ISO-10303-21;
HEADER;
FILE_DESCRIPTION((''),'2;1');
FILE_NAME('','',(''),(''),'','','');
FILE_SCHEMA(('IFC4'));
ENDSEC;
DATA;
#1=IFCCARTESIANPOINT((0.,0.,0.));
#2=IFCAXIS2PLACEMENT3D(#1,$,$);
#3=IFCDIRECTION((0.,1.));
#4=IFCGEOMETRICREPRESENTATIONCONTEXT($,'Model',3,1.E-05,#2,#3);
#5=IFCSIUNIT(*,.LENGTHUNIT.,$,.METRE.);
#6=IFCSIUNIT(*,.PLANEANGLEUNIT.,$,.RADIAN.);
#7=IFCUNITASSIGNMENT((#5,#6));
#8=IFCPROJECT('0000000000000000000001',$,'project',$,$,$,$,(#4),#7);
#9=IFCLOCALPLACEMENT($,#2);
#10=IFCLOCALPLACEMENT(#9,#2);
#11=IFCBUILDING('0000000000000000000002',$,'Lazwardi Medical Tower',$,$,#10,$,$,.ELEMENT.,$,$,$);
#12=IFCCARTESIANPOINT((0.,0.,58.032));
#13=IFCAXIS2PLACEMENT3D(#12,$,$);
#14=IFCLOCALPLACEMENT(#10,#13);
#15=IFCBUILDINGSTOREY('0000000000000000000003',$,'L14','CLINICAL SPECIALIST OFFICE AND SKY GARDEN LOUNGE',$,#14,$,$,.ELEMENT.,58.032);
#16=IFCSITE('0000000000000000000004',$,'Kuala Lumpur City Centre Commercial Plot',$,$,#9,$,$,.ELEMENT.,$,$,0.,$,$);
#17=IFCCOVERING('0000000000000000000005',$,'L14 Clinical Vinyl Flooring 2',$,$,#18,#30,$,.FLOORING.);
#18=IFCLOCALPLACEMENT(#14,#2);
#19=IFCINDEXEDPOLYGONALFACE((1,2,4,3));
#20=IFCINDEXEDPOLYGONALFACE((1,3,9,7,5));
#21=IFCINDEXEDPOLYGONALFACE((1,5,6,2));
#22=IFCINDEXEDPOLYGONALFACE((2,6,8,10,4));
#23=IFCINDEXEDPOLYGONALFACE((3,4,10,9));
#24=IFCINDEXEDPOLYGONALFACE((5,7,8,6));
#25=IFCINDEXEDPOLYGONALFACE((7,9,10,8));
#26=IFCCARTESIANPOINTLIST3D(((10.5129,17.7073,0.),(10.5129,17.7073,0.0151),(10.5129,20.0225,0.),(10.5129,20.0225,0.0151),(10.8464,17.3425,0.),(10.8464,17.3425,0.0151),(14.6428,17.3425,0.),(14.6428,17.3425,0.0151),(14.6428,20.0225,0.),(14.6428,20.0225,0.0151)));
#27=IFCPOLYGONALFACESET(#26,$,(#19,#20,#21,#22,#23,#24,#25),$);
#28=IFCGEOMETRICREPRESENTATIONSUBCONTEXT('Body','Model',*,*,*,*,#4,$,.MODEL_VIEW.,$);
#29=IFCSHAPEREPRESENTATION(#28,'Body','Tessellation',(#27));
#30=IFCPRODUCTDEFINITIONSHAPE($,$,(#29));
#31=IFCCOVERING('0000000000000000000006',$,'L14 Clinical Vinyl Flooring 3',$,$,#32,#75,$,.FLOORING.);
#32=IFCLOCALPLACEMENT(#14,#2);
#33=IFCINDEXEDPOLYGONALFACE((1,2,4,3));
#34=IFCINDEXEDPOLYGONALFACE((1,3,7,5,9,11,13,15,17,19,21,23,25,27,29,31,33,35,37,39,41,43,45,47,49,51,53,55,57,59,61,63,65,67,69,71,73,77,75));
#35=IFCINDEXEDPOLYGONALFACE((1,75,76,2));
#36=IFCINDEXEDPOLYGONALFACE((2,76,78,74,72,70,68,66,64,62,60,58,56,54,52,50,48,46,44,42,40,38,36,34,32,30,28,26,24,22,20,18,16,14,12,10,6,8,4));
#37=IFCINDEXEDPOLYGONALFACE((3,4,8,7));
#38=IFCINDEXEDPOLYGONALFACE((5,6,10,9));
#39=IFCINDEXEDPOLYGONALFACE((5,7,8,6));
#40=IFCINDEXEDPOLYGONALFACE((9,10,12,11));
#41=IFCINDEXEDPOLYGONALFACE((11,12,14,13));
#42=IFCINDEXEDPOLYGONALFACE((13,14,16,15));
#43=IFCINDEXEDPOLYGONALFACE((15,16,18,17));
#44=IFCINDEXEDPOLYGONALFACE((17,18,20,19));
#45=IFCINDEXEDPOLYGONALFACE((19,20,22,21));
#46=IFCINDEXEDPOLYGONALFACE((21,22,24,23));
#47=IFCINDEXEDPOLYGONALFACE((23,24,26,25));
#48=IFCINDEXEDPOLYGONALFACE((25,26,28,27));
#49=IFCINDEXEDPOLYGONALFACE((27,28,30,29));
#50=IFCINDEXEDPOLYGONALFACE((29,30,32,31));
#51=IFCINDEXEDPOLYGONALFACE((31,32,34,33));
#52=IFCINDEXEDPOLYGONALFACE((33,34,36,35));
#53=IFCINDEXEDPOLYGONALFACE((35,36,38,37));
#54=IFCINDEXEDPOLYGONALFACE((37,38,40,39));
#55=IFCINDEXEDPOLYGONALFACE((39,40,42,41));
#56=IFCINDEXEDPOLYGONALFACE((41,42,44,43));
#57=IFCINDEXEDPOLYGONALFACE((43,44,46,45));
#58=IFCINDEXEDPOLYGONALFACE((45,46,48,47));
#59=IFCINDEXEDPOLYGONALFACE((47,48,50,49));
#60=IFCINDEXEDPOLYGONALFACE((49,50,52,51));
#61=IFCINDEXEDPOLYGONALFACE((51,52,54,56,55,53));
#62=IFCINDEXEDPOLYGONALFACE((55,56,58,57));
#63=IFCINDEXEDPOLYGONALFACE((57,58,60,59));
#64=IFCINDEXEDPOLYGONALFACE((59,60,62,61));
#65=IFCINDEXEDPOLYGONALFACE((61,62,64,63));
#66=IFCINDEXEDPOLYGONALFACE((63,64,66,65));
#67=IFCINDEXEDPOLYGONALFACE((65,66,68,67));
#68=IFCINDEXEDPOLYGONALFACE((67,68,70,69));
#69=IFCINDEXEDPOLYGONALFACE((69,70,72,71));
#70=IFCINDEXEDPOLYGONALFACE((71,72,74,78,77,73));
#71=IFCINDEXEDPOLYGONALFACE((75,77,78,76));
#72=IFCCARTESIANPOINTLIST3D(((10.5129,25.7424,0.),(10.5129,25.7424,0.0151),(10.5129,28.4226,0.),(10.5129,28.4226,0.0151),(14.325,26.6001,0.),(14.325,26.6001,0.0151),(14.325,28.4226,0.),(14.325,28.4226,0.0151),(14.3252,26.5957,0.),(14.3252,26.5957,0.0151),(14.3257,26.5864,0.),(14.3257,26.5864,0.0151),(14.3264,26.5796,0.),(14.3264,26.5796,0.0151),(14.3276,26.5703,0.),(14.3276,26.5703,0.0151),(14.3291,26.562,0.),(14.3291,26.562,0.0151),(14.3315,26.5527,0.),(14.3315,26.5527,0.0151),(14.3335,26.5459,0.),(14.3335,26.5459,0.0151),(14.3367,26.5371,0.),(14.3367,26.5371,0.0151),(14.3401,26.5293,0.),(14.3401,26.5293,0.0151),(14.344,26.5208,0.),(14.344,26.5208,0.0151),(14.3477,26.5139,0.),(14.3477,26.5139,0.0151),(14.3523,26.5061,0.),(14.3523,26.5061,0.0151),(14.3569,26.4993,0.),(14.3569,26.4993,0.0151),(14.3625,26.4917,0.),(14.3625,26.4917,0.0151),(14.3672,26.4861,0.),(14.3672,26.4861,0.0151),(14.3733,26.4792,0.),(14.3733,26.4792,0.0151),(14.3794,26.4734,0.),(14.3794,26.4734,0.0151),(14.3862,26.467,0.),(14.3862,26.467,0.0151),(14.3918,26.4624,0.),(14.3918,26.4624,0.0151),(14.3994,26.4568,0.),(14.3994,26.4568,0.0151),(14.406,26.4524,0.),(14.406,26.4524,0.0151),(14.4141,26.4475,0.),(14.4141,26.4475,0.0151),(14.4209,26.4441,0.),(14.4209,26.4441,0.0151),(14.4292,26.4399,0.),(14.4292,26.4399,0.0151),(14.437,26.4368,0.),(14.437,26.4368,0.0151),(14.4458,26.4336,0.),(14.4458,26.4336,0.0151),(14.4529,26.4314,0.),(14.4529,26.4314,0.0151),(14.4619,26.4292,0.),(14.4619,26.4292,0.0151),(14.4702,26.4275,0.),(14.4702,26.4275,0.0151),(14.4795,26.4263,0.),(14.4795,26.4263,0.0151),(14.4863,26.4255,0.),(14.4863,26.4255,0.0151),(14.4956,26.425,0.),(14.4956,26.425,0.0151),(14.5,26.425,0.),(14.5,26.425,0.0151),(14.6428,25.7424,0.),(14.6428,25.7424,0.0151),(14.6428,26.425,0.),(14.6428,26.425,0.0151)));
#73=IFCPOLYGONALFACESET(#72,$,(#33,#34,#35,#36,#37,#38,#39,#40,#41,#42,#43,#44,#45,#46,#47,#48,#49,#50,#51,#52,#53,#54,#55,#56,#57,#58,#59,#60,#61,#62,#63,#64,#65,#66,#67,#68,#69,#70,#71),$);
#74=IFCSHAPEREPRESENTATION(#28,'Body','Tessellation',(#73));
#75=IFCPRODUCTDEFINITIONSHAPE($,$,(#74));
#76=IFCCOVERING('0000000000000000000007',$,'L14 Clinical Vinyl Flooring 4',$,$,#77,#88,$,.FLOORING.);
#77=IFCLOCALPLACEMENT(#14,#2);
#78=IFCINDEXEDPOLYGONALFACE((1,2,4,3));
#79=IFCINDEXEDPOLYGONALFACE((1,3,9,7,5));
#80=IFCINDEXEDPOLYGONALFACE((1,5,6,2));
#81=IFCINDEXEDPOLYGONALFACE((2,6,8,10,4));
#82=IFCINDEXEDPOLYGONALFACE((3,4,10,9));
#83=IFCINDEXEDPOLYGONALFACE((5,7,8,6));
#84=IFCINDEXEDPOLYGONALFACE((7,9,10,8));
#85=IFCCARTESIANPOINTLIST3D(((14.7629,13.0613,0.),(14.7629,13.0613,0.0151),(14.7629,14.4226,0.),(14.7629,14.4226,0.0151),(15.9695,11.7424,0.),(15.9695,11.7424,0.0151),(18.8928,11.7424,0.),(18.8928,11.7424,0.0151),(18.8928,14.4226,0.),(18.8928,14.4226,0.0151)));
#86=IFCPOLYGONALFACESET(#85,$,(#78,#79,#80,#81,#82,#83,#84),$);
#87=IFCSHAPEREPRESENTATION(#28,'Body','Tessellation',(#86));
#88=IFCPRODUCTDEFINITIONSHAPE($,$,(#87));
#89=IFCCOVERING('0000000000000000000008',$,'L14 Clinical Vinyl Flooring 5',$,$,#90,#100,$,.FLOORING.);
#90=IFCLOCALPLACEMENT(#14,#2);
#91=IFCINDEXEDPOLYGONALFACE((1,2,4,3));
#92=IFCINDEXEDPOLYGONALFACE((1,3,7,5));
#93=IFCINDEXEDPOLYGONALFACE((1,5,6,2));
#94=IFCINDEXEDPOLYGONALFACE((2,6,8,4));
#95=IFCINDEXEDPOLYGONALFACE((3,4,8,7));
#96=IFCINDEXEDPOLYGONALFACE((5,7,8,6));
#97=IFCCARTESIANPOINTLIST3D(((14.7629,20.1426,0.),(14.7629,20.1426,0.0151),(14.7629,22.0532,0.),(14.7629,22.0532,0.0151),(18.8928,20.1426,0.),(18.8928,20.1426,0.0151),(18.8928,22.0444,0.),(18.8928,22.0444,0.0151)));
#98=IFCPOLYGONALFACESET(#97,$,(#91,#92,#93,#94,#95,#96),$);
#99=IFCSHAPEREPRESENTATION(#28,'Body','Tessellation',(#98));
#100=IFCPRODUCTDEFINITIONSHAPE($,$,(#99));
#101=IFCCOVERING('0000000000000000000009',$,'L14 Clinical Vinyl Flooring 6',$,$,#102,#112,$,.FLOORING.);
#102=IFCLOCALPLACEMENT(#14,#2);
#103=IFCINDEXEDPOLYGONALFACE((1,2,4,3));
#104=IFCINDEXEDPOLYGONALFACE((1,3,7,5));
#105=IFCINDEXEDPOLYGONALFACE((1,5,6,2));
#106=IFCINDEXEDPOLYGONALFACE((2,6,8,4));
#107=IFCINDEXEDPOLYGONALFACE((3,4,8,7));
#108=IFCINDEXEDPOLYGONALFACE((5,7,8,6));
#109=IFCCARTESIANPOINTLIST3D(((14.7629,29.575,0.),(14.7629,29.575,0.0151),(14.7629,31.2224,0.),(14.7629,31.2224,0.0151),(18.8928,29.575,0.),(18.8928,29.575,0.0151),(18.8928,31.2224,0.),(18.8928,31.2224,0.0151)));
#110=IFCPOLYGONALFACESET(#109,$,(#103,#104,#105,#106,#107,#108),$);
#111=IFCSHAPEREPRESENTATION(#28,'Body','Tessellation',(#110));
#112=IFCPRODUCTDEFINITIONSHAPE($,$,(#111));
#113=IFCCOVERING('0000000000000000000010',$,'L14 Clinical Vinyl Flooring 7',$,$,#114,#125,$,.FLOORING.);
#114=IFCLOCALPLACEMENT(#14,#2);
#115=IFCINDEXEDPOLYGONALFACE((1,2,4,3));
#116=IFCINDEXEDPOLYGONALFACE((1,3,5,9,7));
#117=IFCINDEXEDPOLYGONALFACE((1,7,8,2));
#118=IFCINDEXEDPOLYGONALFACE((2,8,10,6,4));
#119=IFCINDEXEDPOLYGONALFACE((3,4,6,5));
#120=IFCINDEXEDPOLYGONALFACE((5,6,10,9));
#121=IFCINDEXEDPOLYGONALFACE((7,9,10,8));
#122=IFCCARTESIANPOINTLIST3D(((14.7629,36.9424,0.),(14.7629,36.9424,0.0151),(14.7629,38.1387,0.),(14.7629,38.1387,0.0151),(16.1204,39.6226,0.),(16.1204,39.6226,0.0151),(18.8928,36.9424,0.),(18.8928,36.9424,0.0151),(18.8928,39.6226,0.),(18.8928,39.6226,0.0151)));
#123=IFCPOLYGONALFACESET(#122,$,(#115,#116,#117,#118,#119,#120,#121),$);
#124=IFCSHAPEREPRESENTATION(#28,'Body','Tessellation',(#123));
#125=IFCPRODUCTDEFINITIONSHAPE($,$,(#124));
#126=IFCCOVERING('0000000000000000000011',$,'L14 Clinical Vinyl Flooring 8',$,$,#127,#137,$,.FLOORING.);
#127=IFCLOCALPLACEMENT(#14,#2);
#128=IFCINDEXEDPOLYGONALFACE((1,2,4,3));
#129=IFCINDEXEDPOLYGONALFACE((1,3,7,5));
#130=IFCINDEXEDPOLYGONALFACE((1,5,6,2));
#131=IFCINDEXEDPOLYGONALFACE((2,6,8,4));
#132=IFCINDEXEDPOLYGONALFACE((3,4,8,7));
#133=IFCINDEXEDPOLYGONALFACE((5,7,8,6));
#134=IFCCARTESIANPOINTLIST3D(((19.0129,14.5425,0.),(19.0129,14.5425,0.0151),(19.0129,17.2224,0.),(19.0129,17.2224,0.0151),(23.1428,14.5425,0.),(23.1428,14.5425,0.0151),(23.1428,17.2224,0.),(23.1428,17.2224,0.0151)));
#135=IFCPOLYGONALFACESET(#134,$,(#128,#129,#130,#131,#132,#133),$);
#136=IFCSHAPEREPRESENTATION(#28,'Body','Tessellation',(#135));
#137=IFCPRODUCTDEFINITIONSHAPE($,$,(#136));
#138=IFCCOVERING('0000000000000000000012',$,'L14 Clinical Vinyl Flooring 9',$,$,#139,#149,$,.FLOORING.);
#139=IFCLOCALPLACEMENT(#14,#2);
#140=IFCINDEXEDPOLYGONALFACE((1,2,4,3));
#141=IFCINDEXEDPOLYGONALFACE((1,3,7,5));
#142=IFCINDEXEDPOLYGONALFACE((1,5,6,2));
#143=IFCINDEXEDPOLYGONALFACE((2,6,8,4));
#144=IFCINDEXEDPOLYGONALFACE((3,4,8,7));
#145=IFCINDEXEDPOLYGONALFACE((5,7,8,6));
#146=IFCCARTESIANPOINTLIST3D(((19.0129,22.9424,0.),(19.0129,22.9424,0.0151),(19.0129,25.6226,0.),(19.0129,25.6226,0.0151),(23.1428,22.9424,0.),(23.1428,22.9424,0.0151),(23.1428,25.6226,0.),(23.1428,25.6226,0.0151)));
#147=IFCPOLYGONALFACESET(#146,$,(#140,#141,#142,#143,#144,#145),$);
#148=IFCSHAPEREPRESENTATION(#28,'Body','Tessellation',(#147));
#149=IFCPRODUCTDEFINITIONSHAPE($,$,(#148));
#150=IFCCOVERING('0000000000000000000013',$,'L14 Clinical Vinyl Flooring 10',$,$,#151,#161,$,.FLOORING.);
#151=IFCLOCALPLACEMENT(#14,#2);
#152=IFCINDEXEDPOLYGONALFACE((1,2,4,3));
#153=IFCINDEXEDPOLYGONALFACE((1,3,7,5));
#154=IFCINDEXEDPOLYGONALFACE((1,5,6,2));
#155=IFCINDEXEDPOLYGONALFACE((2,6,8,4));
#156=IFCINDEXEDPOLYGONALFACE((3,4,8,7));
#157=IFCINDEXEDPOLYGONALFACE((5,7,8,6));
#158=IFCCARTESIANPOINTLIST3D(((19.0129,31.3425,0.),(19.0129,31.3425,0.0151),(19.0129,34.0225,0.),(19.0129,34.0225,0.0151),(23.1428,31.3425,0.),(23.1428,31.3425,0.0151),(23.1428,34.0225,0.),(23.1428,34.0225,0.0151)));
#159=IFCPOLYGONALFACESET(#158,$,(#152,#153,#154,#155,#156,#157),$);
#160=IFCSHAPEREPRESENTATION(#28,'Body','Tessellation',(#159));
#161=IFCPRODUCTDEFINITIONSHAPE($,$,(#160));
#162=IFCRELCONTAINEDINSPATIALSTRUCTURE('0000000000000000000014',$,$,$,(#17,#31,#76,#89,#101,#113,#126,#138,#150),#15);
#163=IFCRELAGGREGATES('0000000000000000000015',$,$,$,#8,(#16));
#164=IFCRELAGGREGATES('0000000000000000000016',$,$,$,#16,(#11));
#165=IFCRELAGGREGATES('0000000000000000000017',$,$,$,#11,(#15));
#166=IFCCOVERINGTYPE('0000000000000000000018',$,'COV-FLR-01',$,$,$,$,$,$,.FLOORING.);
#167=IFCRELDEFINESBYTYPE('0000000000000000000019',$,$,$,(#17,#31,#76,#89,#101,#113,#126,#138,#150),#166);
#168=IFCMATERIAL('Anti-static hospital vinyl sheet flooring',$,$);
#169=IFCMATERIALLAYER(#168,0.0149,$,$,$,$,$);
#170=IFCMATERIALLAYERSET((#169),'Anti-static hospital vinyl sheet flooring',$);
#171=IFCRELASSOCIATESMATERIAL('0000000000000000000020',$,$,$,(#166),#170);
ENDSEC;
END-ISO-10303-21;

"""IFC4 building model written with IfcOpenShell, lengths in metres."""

from ifc_helpers import new_model, si_unit, direction, frame, origin, place, context, subcontext, project, spatial, polyline, outline, extrude, material, layer, layer_set, type_object, element, save


model = new_model("IFC4")

# Units and contexts
model_context = context("Model", 3, precision=1e-05, world=origin(), true_north=direction((0.0, 1.0)))
body_context = subcontext(model_context, "Body", "Model", "MODEL_VIEW")
ifc_project = project(units=[si_unit("LENGTHUNIT", "METRE"), si_unit("PLANEANGLEUNIT", "RADIAN")], contexts=[model_context])

# Site, building, storey
site_placement = place(None, origin())
site = spatial("IfcSite", under=ifc_project, at=site_placement, Name="Kuala Lumpur City Centre Commercial Plot", CompositionType="ELEMENT", RefElevation=0.0)
building_placement = place(site_placement, origin())
building = spatial("IfcBuilding", under=site, at=building_placement, Name="Lazwardi Medical Tower", CompositionType="ELEMENT")
storey_placement = place(building_placement, frame((0.0, 0.0, 58.032)))
storey = spatial("IfcBuildingStorey", under=building, at=storey_placement, Name="L14", Description="CLINICAL SPECIALIST OFFICE AND SKY GARDEN LOUNGE", CompositionType="ELEMENT", Elevation=58.032)

# Coverings
ifc_material_1 = material(Name="Anti-static hospital vinyl sheet flooring")
ifc_layer_1 = layer(ifc_material_1, 0.0149)
ifc_layer_set_1 = layer_set([ifc_layer_1], Name="Anti-static hospital vinyl sheet flooring")
covering_type_1 = type_object("IfcCoveringType", Name="COV-FLR-01", PredefinedType="FLOORING", material=ifc_layer_set_1)
covering_1_placement = place(storey_placement, origin())
element("IfcCovering", 1, at=covering_1_placement, inside=storey, type_object=covering_type_1, Name="L14 Clinical Vinyl Flooring 2", PredefinedType="FLOORING", context=body_context, shape_type="SweptSolid", body=[
    extrude(outline(polyline([(10.5129, 17.7073), (10.8464, 17.3425), (14.6428, 17.3425), (14.6428, 20.0225), (10.5129, 20.0225), (10.5129, 17.7073)])), origin(), (0.0, 0.0, 1.0), 0.0151),
])
covering_2_placement = place(storey_placement, origin())
element("IfcCovering", 2, at=covering_2_placement, inside=storey, type_object=covering_type_1, Name="L14 Clinical Vinyl Flooring 3", PredefinedType="FLOORING", context=body_context, shape_type="SweptSolid", body=[
    extrude(outline(polyline([(14.6428, 26.425), (14.5, 26.425), (14.4956, 26.425), (14.4863, 26.4255), (14.4795, 26.4263), (14.4702, 26.4275), (14.4619, 26.4292), (14.4529, 26.4314), (14.4458, 26.4336), (14.437, 26.4368), (14.4292, 26.4399), (14.4209, 26.4441), (14.4141, 26.4475), (14.406, 26.4524), (14.3994, 26.4568), (14.3918, 26.4624), (14.3862, 26.467), (14.3794, 26.4734), (14.3733, 26.4792), (14.3672, 26.4861), (14.3625, 26.4917), (14.3569, 26.4993), (14.3523, 26.5061), (14.3477, 26.5139), (14.344, 26.5208), (14.3401, 26.5293), (14.3367, 26.5371), (14.3335, 26.5459), (14.3315, 26.5527), (14.3291, 26.562), (14.3276, 26.5703), (14.3264, 26.5796), (14.3257, 26.5864), (14.3252, 26.5957), (14.325, 26.6001), (14.325, 28.4226), (10.5129, 28.4226), (10.5129, 25.7424), (14.6428, 25.7424), (14.6428, 26.425)])), origin(), (0.0, 0.0, 1.0), 0.0151),
])
covering_3_placement = place(storey_placement, origin())
element("IfcCovering", 3, at=covering_3_placement, inside=storey, type_object=covering_type_1, Name="L14 Clinical Vinyl Flooring 4", PredefinedType="FLOORING", context=body_context, shape_type="SweptSolid", body=[
    extrude(outline(polyline([(14.7629, 13.0613), (15.9695, 11.7424), (18.8928, 11.7424), (18.8928, 14.4226), (14.7629, 14.4226), (14.7629, 13.0613)])), origin(), (0.0, 0.0, 1.0), 0.0151),
])
covering_4_placement = place(storey_placement, origin())
element("IfcCovering", 4, at=covering_4_placement, inside=storey, type_object=covering_type_1, Name="L14 Clinical Vinyl Flooring 5", PredefinedType="FLOORING", context=body_context, shape_type="SweptSolid", body=[
    extrude(outline(polyline([(18.8928, 22.0444), (14.7629, 22.0532), (14.7629, 20.1426), (18.8928, 20.1426), (18.8928, 22.0444)])), origin(), (0.0, 0.0, 1.0), 0.0151),
])
covering_5_placement = place(storey_placement, origin())
element("IfcCovering", 5, at=covering_5_placement, inside=storey, type_object=covering_type_1, Name="L14 Clinical Vinyl Flooring 6", PredefinedType="FLOORING", context=body_context, shape_type="SweptSolid", body=[
    extrude(outline(polyline([(14.7629, 29.575), (18.8928, 29.575), (18.8928, 31.2224), (14.7629, 31.2224), (14.7629, 29.575)])), origin(), (0.0, 0.0, 1.0), 0.0151),
])
covering_6_placement = place(storey_placement, origin())
element("IfcCovering", 6, at=covering_6_placement, inside=storey, type_object=covering_type_1, Name="L14 Clinical Vinyl Flooring 7", PredefinedType="FLOORING", context=body_context, shape_type="SweptSolid", body=[
    extrude(outline(polyline([(16.1204, 39.6226), (14.7629, 38.1387), (14.7629, 36.9424), (18.8928, 36.9424), (18.8928, 39.6226), (16.1204, 39.6226)])), origin(), (0.0, 0.0, 1.0), 0.0151),
])
covering_7_placement = place(storey_placement, origin())
element("IfcCovering", 7, at=covering_7_placement, inside=storey, type_object=covering_type_1, Name="L14 Clinical Vinyl Flooring 8", PredefinedType="FLOORING", context=body_context, shape_type="SweptSolid", body=[
    extrude(outline(polyline([(23.1428, 14.5425), (23.1428, 17.2224), (19.0129, 17.2224), (19.0129, 14.5425), (23.1428, 14.5425)])), origin(), (0.0, 0.0, 1.0), 0.0151),
])
covering_8_placement = place(storey_placement, origin())
element("IfcCovering", 8, at=covering_8_placement, inside=storey, type_object=covering_type_1, Name="L14 Clinical Vinyl Flooring 9", PredefinedType="FLOORING", context=body_context, shape_type="SweptSolid", body=[
    extrude(outline(polyline([(23.1428, 22.9424), (23.1428, 25.6226), (19.0129, 25.6226), (19.0129, 22.9424), (23.1428, 22.9424)])), origin(), (0.0, 0.0, 1.0), 0.0151),
])
covering_9_placement = place(storey_placement, origin())
element("IfcCovering", 9, at=covering_9_placement, inside=storey, type_object=covering_type_1, Name="L14 Clinical Vinyl Flooring 10", PredefinedType="FLOORING", context=body_context, shape_type="SweptSolid", body=[
    extrude(outline(polyline([(23.1428, 31.3425), (23.1428, 34.0225), (19.0129, 34.0225), (19.0129, 31.3425), (23.1428, 31.3425)])), origin(), (0.0, 0.0, 1.0), 0.0151),
])

save(model, "model.ifc")
